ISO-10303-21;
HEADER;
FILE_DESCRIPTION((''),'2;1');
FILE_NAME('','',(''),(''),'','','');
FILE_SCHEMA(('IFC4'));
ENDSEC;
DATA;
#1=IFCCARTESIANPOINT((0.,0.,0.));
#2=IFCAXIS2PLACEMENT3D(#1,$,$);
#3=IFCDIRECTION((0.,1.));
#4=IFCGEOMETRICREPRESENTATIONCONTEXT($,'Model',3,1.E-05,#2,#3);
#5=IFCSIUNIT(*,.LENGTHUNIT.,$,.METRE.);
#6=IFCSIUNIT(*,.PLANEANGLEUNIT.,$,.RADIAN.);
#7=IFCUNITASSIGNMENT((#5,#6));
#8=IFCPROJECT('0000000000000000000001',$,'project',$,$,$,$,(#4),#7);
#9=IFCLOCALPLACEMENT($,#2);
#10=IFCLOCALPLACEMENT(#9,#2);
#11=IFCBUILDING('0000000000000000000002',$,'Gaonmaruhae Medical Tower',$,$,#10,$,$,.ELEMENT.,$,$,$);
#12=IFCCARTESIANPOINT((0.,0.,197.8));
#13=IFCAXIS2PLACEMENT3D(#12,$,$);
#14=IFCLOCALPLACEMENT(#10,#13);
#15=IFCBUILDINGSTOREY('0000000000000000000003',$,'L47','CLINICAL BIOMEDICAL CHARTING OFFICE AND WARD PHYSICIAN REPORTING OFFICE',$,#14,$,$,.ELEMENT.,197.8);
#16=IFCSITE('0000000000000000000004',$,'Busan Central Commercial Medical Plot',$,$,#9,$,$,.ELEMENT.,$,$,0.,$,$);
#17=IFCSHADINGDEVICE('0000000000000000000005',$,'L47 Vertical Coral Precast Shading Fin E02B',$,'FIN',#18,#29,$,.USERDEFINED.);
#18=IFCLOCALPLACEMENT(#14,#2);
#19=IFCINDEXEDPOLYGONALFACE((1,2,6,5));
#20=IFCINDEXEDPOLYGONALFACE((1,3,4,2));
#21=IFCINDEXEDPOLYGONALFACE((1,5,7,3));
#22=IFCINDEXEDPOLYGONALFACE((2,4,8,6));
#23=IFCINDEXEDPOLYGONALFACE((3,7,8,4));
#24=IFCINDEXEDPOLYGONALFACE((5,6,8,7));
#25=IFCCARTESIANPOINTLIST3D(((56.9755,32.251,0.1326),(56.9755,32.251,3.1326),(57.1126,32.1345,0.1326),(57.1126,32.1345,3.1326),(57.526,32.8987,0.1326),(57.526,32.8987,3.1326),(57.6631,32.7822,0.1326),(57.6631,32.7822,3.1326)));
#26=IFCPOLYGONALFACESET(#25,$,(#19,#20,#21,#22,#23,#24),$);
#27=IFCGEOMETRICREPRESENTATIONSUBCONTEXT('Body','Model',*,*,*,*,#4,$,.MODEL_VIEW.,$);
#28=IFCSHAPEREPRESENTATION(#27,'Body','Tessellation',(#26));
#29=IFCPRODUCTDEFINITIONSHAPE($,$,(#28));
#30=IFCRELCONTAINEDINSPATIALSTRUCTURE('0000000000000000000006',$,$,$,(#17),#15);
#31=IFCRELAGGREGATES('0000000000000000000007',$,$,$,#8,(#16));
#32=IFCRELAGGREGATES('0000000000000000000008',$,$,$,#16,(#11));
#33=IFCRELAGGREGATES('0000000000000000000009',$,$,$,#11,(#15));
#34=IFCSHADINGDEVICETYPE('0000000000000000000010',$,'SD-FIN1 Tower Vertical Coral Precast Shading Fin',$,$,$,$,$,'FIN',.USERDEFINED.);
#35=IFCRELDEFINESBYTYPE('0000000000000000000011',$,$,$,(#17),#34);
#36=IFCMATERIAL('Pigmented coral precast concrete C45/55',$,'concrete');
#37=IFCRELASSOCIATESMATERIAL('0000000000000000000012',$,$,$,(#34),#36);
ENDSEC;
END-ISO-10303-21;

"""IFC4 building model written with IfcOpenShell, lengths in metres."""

from ifc_helpers import new_model, si_unit, direction, frame, origin, origin_2d, place, context, subcontext, project, spatial, rectangle, extrude, material, type_object, element, save


model = new_model("IFC4")

# Units and contexts
model_context = context("Model", 3, precision=1e-05, world=origin(), true_north=direction((0.0, 1.0)))
body_context = subcontext(model_context, "Body", "Model", "MODEL_VIEW")
ifc_project = project(units=[si_unit("LENGTHUNIT", "METRE"), si_unit("PLANEANGLEUNIT", "RADIAN")], contexts=[model_context])

# Site, building, storey
site_placement = place(None, origin())
site = spatial("IfcSite", under=ifc_project, at=site_placement, Name="Busan Central Commercial Medical Plot", CompositionType="ELEMENT", RefElevation=0.0)
building_placement = place(site_placement, origin())
building = spatial("IfcBuilding", under=site, at=building_placement, Name="Gaonmaruhae Medical Tower", CompositionType="ELEMENT")
storey_placement = place(building_placement, frame((0.0, 0.0, 197.8)))
storey = spatial("IfcBuildingStorey", under=building, at=storey_placement, Name="L47", Description="CLINICAL BIOMEDICAL CHARTING OFFICE AND WARD PHYSICIAN REPORTING OFFICE", CompositionType="ELEMENT", Elevation=197.8)

# Shading device
ifc_material_1 = material(Name="Pigmented coral precast concrete C45/55", Category="concrete")
shading_device_type = type_object("IfcShadingDeviceType", Name="SD-FIN1 Tower Vertical Coral Precast Shading Fin", ElementType="FIN", PredefinedType="USERDEFINED", material=ifc_material_1)
for number, where, z_axis, x_axis, name in (
    (1, (57.3193, 32.5166, 0.1326), (0.0, 0.0, 1.0), (0.761991, -0.647588, 0.0), "L47 Vertical Coral Precast Shading Fin E02B"),
):
    element("IfcShadingDevice", number, at=place(storey_placement, frame(where, z_axis=z_axis, x_axis=x_axis)), inside=storey, type_object=shading_device_type, Name=name, ObjectType="FIN", PredefinedType="USERDEFINED", context=body_context, shape_type="SweptSolid", body=[
        extrude(rectangle(XDim=0.1799, YDim=0.8501, at=origin_2d()), origin(), (0.0, 0.0, 1.0), 3.0),
    ])

save(model, "model.ifc")
